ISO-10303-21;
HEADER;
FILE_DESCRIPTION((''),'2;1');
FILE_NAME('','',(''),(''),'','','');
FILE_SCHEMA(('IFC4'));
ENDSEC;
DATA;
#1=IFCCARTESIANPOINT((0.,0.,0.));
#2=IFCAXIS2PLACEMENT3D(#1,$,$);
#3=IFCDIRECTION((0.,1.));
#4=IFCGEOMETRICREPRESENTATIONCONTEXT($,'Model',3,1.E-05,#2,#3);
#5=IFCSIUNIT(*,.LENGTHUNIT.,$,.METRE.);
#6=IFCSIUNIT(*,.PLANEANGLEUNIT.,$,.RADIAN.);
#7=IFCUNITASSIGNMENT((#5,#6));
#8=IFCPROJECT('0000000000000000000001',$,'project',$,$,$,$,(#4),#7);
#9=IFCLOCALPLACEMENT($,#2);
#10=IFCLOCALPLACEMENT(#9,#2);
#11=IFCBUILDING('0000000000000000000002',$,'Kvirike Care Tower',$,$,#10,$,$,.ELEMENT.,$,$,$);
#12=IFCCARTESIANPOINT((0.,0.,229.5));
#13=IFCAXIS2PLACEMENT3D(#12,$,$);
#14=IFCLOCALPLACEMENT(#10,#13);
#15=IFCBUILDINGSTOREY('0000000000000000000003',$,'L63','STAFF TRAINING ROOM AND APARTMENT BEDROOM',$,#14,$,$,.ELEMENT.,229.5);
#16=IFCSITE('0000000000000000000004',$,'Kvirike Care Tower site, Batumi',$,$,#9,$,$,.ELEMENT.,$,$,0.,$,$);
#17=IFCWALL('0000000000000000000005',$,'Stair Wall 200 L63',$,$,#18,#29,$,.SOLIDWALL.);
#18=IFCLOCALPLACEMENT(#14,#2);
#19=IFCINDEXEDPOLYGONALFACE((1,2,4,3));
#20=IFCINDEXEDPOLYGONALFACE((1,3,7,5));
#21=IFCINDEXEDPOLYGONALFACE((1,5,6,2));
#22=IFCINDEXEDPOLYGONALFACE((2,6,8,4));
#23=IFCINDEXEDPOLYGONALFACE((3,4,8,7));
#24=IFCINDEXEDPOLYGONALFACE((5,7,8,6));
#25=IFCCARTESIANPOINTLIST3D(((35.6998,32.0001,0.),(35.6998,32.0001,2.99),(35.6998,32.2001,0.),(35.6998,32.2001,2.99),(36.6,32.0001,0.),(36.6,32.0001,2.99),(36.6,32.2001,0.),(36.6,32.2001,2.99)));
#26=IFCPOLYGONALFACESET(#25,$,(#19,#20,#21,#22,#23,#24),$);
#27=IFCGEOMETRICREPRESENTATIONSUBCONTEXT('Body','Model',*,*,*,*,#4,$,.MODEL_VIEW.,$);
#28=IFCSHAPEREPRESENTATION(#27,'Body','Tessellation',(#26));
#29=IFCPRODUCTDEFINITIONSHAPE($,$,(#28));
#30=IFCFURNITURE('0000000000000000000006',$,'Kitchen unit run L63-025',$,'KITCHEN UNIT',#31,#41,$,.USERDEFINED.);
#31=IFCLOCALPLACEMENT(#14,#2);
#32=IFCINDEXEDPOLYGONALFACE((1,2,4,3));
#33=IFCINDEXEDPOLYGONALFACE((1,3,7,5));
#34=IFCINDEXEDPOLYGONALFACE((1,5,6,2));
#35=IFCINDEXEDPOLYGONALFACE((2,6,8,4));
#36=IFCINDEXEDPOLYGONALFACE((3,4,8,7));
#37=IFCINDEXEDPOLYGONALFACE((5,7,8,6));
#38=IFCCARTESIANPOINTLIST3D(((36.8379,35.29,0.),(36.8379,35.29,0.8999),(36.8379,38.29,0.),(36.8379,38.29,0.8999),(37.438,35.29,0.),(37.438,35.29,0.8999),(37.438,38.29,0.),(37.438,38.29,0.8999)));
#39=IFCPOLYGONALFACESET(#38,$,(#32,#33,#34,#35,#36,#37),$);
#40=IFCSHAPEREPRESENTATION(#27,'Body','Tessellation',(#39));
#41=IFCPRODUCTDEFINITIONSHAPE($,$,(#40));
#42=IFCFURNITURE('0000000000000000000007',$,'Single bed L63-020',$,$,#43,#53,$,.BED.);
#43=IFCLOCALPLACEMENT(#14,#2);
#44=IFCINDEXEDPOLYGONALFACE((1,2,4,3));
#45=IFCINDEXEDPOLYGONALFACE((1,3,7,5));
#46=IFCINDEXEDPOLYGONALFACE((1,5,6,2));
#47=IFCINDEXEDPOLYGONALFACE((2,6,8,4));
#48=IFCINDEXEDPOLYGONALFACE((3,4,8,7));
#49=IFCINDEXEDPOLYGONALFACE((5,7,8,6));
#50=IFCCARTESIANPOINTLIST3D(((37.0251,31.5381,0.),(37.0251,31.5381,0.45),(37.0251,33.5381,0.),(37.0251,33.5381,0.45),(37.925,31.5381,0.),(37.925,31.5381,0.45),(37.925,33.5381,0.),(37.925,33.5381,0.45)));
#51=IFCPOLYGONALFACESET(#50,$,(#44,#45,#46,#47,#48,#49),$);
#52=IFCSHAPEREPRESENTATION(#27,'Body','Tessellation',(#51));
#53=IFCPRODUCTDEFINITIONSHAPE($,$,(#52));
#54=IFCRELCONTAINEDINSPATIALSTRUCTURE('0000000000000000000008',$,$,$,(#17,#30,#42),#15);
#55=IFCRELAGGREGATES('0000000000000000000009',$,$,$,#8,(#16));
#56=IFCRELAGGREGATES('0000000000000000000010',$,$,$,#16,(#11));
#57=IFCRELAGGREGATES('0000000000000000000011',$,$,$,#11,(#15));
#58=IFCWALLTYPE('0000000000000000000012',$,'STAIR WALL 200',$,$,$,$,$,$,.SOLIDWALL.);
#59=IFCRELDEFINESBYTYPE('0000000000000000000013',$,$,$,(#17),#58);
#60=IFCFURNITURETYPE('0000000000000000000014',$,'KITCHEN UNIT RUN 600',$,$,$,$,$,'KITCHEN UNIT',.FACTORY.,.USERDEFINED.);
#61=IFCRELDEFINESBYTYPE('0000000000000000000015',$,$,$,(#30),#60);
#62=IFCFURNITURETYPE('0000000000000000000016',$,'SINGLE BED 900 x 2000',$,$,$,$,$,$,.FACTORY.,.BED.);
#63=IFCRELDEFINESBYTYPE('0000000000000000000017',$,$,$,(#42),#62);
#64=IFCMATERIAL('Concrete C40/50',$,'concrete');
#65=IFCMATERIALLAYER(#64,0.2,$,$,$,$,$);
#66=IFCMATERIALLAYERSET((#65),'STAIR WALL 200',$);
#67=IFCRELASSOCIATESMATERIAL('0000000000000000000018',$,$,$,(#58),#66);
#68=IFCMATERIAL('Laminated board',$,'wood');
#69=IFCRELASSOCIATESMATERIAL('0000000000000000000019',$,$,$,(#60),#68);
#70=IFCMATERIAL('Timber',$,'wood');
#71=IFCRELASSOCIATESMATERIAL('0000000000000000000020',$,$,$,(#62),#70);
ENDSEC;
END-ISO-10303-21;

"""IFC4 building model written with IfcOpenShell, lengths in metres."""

from ifc_helpers import new_model, si_unit, direction, frame, frame_2d, origin, origin_2d, place, context, subcontext, project, spatial, rectangle, extrude, material, layer, layer_set, type_object, element, save


model = new_model("IFC4")

# Units and contexts
model_context = context("Model", 3, precision=1e-05, world=origin(), true_north=direction((0.0, 1.0)))
body_context = subcontext(model_context, "Body", "Model", "MODEL_VIEW")
ifc_project = project(units=[si_unit("LENGTHUNIT", "METRE"), si_unit("PLANEANGLEUNIT", "RADIAN")], contexts=[model_context])

# Site, building, storey
site_placement = place(None, origin())
site = spatial("IfcSite", under=ifc_project, at=site_placement, Name="Kvirike Care Tower site, Batumi", CompositionType="ELEMENT", RefElevation=0.0)
building_placement = place(site_placement, origin())
building = spatial("IfcBuilding", under=site, at=building_placement, Name="Kvirike Care Tower", CompositionType="ELEMENT")
storey_placement = place(building_placement, frame((0.0, 0.0, 229.5)))
storey = spatial("IfcBuildingStorey", under=building, at=storey_placement, Name="L63", Description="STAFF TRAINING ROOM AND APARTMENT BEDROOM", CompositionType="ELEMENT", Elevation=229.5)

# Wall
ifc_material_1 = material(Name="Concrete C40/50", Category="concrete")
ifc_layer_1 = layer(ifc_material_1, 0.2)
ifc_layer_set_1 = layer_set([ifc_layer_1], Name="STAIR WALL 200")
wall_type_1 = type_object("IfcWallType", Name="STAIR WALL 200", PredefinedType="SOLIDWALL", material=ifc_layer_set_1)
wall_1_placement = place(storey_placement, frame((36.6001, 32.1001, 0.0), z_axis=(0.0, 0.0, 1.0), x_axis=(-1.0, 0.0, 0.0)))
element("IfcWall", 1, at=wall_1_placement, inside=storey, type_object=wall_type_1, Name="Stair Wall 200 L63", PredefinedType="SOLIDWALL", context=body_context, shape_type="SweptSolid", body=[
    extrude(rectangle(XDim=0.9001, YDim=0.2, at=frame_2d((0.4502, 0.0))), origin(), (0.0, 0.0, 1.0), 2.99),
])

# Furniture
ifc_material_2 = material(Name="Laminated board", Category="wood")
furniture_type_1 = type_object("IfcFurnitureType", Name="KITCHEN UNIT RUN 600", ElementType="KITCHEN UNIT", AssemblyPlace="FACTORY", PredefinedType="USERDEFINED", material=ifc_material_2)
furniture_1_placement = place(storey_placement, frame((37.1379, 36.79, 0.0), z_axis=(0.0, 0.0, 1.0), x_axis=(0.0, -1.0, 0.0)))
element("IfcFurniture", 2, at=furniture_1_placement, inside=storey, type_object=furniture_type_1, Name="Kitchen unit run L63-025", ObjectType="KITCHEN UNIT", PredefinedType="USERDEFINED", context=body_context, shape_type="SweptSolid", body=[
    extrude(rectangle(XDim=3.0, YDim=0.6001, at=origin_2d()), origin(), (0.0, 0.0, 1.0), 0.8999),
])
ifc_material_3 = material(Name="Timber", Category="wood")
furniture_type_2 = type_object("IfcFurnitureType", Name="SINGLE BED 900 x 2000", AssemblyPlace="FACTORY", PredefinedType="BED", material=ifc_material_3)
furniture_2_placement = place(storey_placement, frame((37.4751, 32.5381, 0.0), z_axis=(0.0, 0.0, 1.0), x_axis=(1.0, 0.0, 0.0)))
element("IfcFurniture", 3, at=furniture_2_placement, inside=storey, type_object=furniture_type_2, Name="Single bed L63-020", PredefinedType="BED", context=body_context, shape_type="SweptSolid", body=[
    extrude(rectangle(XDim=0.8999, YDim=2.0, at=origin_2d()), origin(), (0.0, 0.0, 1.0), 0.45),
])

save(model, "model.ifc")
